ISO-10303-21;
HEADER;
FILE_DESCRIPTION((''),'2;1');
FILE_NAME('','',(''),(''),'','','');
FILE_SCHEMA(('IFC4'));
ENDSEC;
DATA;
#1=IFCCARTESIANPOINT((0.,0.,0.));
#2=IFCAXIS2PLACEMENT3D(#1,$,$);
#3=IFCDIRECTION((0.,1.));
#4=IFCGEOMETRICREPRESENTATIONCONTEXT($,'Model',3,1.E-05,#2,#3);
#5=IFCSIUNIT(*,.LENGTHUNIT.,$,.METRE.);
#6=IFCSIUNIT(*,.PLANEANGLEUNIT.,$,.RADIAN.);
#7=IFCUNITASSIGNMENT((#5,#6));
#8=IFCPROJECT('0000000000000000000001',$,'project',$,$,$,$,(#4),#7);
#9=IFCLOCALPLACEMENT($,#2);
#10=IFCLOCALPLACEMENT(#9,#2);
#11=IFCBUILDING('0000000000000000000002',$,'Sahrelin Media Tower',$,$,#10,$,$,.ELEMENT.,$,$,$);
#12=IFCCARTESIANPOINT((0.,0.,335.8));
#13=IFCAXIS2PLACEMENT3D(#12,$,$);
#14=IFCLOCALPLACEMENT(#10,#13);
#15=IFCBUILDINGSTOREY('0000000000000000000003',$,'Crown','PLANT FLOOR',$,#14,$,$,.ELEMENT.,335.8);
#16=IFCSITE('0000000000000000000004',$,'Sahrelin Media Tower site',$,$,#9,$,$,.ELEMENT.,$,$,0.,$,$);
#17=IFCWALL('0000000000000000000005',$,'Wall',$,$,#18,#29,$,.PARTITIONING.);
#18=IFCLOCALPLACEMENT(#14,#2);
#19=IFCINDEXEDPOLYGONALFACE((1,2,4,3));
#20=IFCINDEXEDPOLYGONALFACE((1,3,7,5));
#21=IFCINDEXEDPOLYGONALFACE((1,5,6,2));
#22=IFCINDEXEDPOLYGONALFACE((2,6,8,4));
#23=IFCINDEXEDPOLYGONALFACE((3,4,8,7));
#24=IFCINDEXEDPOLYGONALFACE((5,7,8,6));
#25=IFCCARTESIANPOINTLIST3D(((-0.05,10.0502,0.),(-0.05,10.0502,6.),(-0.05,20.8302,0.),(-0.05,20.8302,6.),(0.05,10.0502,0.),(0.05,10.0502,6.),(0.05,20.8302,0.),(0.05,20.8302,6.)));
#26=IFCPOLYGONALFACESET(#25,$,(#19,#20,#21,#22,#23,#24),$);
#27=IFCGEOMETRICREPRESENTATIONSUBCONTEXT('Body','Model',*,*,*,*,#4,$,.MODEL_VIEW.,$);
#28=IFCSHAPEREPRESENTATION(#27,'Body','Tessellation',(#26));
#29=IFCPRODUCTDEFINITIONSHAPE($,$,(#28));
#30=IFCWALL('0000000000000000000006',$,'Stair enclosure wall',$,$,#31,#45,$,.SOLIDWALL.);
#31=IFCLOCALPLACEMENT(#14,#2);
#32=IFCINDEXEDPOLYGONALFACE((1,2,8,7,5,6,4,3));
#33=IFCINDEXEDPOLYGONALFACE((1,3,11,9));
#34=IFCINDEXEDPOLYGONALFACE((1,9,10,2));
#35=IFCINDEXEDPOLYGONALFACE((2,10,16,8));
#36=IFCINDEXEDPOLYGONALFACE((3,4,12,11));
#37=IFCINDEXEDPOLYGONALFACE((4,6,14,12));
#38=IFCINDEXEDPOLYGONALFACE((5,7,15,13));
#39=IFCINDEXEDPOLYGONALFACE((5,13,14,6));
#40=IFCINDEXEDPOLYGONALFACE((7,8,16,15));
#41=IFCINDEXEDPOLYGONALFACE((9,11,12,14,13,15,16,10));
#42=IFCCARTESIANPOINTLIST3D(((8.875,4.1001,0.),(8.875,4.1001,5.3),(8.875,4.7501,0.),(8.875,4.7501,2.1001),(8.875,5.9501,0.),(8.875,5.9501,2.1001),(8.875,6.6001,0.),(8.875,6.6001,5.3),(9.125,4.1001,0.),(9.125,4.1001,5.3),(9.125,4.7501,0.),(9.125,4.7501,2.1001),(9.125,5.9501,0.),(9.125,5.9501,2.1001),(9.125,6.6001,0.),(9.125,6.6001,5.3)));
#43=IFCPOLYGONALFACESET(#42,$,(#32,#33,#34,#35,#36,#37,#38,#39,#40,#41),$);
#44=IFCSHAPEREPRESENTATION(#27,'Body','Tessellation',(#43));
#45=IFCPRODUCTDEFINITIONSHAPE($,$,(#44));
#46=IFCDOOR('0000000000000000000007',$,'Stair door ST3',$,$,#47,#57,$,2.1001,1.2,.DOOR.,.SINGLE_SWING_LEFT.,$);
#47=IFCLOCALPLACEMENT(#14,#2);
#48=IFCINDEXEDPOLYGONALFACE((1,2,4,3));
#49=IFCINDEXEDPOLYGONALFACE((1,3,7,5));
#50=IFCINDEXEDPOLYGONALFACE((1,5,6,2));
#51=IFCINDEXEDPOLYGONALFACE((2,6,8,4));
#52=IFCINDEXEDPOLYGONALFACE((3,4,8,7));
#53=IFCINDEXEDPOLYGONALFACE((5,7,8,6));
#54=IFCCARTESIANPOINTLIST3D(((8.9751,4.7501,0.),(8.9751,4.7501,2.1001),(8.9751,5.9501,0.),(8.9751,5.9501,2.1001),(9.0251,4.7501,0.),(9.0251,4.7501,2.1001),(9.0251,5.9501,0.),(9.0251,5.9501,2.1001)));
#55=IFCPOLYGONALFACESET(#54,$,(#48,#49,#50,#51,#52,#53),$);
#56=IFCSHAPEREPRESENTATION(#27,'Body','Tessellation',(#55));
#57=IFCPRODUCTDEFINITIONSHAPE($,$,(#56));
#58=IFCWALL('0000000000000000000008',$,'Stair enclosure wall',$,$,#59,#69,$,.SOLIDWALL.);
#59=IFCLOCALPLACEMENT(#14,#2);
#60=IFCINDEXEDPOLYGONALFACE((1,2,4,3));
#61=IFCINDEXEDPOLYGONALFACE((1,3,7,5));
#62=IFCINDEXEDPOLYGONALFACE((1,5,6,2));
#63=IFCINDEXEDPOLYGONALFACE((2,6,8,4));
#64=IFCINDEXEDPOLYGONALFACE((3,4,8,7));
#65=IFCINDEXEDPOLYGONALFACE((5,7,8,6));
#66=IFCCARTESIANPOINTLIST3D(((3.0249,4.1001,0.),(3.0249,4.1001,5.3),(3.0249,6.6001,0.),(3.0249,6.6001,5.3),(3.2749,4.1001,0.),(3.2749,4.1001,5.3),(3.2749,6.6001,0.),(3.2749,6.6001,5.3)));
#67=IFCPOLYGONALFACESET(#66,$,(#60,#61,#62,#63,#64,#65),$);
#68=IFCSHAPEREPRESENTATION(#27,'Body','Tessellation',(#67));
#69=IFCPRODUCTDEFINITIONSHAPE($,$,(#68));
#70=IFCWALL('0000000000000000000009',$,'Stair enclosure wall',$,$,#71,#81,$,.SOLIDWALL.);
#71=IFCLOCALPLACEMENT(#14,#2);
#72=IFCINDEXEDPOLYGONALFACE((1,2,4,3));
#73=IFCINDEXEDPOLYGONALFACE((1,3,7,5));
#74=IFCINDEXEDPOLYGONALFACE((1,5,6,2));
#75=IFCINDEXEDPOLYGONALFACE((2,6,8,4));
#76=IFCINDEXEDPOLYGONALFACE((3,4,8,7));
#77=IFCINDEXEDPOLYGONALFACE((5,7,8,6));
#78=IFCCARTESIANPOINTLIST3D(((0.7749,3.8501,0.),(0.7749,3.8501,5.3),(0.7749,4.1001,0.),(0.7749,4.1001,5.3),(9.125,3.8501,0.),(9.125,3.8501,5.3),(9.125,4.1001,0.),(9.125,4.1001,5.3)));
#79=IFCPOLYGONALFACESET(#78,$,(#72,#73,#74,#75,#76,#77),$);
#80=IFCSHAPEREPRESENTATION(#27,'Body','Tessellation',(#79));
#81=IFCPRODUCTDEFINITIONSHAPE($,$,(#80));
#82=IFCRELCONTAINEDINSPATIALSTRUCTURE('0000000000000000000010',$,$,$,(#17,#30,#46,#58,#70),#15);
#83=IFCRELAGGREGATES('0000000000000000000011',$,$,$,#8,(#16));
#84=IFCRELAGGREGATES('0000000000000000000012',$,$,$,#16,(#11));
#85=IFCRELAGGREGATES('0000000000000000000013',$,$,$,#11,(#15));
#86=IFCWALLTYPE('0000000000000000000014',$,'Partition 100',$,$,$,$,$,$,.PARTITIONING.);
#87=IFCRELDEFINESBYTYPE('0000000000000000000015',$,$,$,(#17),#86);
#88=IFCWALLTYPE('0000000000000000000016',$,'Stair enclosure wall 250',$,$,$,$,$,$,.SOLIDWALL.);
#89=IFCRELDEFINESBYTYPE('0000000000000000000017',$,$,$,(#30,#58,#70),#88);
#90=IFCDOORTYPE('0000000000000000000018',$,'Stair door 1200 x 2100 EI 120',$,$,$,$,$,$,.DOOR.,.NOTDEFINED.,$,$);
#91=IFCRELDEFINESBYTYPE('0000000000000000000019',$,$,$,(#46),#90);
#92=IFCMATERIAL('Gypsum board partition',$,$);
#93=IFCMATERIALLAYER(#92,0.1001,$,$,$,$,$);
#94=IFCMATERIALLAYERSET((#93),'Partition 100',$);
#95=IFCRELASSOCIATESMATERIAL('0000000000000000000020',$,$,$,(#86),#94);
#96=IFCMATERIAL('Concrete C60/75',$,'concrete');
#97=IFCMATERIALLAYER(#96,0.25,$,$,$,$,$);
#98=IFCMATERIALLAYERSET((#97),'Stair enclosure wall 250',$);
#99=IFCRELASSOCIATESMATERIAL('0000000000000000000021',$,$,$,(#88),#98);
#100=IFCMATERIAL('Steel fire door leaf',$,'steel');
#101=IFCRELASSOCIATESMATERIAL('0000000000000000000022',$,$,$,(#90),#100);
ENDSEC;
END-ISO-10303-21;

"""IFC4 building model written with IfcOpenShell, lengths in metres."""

from ifc_helpers import new_model, si_unit, direction, frame, frame_2d, origin, place, context, subcontext, project, spatial, rectangle, extrude, material, layer, layer_set, type_object, element, fill, save


model = new_model("IFC4")

# Units and contexts
model_context = context("Model", 3, precision=1e-05, world=origin(), true_north=direction((0.0, 1.0)))
body_context = subcontext(model_context, "Body", "Model", "MODEL_VIEW")
ifc_project = project(units=[si_unit("LENGTHUNIT", "METRE"), si_unit("PLANEANGLEUNIT", "RADIAN")], contexts=[model_context])

# Site, building, storey
site_placement = place(None, origin())
site = spatial("IfcSite", under=ifc_project, at=site_placement, Name="Sahrelin Media Tower site", CompositionType="ELEMENT", RefElevation=0.0)
building_placement = place(site_placement, origin())
building = spatial("IfcBuilding", under=site, at=building_placement, Name="Sahrelin Media Tower", CompositionType="ELEMENT")
storey_placement = place(building_placement, frame((0.0, 0.0, 335.8)))
storey = spatial("IfcBuildingStorey", under=building, at=storey_placement, Name="Crown", Description="PLANT FLOOR", CompositionType="ELEMENT", Elevation=335.8)

# Shared definitions
ifc_material_1 = material(Name="Steel fire door leaf", Category="steel")

# Wall
ifc_material_2 = material(Name="Gypsum board partition")
ifc_layer_1 = layer(ifc_material_2, 0.1001)
ifc_layer_set_1 = layer_set([ifc_layer_1], Name="Partition 100")
wall_type_1 = type_object("IfcWallType", Name="Partition 100", PredefinedType="PARTITIONING", material=ifc_layer_set_1)
wall_1_placement = place(storey_placement, frame((0.0, 10.05, 0.0), z_axis=(0.0, 0.0, 1.0), x_axis=(0.0, 1.0, 0.0)))
element("IfcWall", 1, at=wall_1_placement, inside=storey, type_object=wall_type_1, Name="Wall", PredefinedType="PARTITIONING", context=body_context, shape_type="SweptSolid", body=[
    extrude(rectangle(XDim=10.78, YDim=0.1001, at=frame_2d((5.3901, 0.0))), origin(), (0.0, 0.0, 1.0), 6.0),
])

# Wall, opening, door
ifc_material_3 = material(Name="Concrete C60/75", Category="concrete")
ifc_layer_2 = layer(ifc_material_3, 0.25)
ifc_layer_set_2 = layer_set([ifc_layer_2], Name="Stair enclosure wall 250")
wall_type_2 = type_object("IfcWallType", Name="Stair enclosure wall 250", PredefinedType="SOLIDWALL", material=ifc_layer_set_2)
wall_2_placement = place(storey_placement, frame((9.0, 4.1001, 0.0), z_axis=(0.0, 0.0, 1.0), x_axis=(0.0, 1.0, 0.0)))
wall_2 = element("IfcWall", 2, at=wall_2_placement, inside=storey, type_object=wall_type_2, Name="Stair enclosure wall", PredefinedType="SOLIDWALL", context=body_context, shape_type="SweptSolid", body=[
    extrude(rectangle(XDim=2.5, YDim=0.25, at=frame_2d((1.25, 0.0))), origin(), (0.0, 0.0, 1.0), 5.3),
])
opening_1_placement = place(wall_2_placement, frame((0.6499, 0.0, 0.0)))
opening_1 = element("IfcOpeningElement", 3, at=opening_1_placement, cuts=wall_2, PredefinedType="OPENING", context=body_context, shape_type="SweptSolid", body=[
    extrude(rectangle(XDim=1.2, YDim=2.1001, at=frame_2d((0.6001, 1.05))), frame((0.0, 0.125, 0.0), z_axis=(0.0, -1.0, 0.0), x_axis=(1.0, 0.0, 0.0)), (0.0, 0.0, 1.0), 0.25),
])
door_type_1 = type_object("IfcDoorType", Name="Stair door 1200 x 2100 EI 120", OperationType="NOTDEFINED", PredefinedType="DOOR", material=ifc_material_1)
door_1_placement = place(opening_1_placement, origin())
door_1 = element("IfcDoor", 4, at=door_1_placement, inside=storey, type_object=door_type_1, Name="Stair door ST3", OperationType="SINGLE_SWING_LEFT", OverallHeight=2.1001, OverallWidth=1.2, PredefinedType="DOOR", context=body_context, shape_type="SweptSolid", body=[
    extrude(rectangle(XDim=1.2, YDim=2.1001, at=frame_2d((0.6001, 1.05))), frame((0.0, 0.0249, 0.0), z_axis=(0.0, -1.0, 0.0), x_axis=(1.0, 0.0, 0.0)), (0.0, 0.0, 1.0), 0.05),
])
fill(opening_1, door_1)

# Walls
wall_3_placement = place(storey_placement, frame((3.1499, 4.1001, 0.0), z_axis=(0.0, 0.0, 1.0), x_axis=(0.0, 1.0, 0.0)))
element("IfcWall", 5, at=wall_3_placement, inside=storey, type_object=wall_type_2, Name="Stair enclosure wall", PredefinedType="SOLIDWALL", context=body_context, shape_type="SweptSolid", body=[
    extrude(rectangle(XDim=2.5, YDim=0.25, at=frame_2d((1.25, 0.0))), origin(), (0.0, 0.0, 1.0), 5.3),
])
wall_4_placement = place(storey_placement, frame((0.7749, 3.9751, 0.0), z_axis=(0.0, 0.0, 1.0), x_axis=(1.0, 0.0, 0.0)))
element("IfcWall", 6, at=wall_4_placement, inside=storey, type_object=wall_type_2, Name="Stair enclosure wall", PredefinedType="SOLIDWALL", context=body_context, shape_type="SweptSolid", body=[
    extrude(rectangle(XDim=8.3501, YDim=0.25, at=frame_2d((4.175, 0.0))), origin(), (0.0, 0.0, 1.0), 5.3),
])

save(model, "model.ifc")
